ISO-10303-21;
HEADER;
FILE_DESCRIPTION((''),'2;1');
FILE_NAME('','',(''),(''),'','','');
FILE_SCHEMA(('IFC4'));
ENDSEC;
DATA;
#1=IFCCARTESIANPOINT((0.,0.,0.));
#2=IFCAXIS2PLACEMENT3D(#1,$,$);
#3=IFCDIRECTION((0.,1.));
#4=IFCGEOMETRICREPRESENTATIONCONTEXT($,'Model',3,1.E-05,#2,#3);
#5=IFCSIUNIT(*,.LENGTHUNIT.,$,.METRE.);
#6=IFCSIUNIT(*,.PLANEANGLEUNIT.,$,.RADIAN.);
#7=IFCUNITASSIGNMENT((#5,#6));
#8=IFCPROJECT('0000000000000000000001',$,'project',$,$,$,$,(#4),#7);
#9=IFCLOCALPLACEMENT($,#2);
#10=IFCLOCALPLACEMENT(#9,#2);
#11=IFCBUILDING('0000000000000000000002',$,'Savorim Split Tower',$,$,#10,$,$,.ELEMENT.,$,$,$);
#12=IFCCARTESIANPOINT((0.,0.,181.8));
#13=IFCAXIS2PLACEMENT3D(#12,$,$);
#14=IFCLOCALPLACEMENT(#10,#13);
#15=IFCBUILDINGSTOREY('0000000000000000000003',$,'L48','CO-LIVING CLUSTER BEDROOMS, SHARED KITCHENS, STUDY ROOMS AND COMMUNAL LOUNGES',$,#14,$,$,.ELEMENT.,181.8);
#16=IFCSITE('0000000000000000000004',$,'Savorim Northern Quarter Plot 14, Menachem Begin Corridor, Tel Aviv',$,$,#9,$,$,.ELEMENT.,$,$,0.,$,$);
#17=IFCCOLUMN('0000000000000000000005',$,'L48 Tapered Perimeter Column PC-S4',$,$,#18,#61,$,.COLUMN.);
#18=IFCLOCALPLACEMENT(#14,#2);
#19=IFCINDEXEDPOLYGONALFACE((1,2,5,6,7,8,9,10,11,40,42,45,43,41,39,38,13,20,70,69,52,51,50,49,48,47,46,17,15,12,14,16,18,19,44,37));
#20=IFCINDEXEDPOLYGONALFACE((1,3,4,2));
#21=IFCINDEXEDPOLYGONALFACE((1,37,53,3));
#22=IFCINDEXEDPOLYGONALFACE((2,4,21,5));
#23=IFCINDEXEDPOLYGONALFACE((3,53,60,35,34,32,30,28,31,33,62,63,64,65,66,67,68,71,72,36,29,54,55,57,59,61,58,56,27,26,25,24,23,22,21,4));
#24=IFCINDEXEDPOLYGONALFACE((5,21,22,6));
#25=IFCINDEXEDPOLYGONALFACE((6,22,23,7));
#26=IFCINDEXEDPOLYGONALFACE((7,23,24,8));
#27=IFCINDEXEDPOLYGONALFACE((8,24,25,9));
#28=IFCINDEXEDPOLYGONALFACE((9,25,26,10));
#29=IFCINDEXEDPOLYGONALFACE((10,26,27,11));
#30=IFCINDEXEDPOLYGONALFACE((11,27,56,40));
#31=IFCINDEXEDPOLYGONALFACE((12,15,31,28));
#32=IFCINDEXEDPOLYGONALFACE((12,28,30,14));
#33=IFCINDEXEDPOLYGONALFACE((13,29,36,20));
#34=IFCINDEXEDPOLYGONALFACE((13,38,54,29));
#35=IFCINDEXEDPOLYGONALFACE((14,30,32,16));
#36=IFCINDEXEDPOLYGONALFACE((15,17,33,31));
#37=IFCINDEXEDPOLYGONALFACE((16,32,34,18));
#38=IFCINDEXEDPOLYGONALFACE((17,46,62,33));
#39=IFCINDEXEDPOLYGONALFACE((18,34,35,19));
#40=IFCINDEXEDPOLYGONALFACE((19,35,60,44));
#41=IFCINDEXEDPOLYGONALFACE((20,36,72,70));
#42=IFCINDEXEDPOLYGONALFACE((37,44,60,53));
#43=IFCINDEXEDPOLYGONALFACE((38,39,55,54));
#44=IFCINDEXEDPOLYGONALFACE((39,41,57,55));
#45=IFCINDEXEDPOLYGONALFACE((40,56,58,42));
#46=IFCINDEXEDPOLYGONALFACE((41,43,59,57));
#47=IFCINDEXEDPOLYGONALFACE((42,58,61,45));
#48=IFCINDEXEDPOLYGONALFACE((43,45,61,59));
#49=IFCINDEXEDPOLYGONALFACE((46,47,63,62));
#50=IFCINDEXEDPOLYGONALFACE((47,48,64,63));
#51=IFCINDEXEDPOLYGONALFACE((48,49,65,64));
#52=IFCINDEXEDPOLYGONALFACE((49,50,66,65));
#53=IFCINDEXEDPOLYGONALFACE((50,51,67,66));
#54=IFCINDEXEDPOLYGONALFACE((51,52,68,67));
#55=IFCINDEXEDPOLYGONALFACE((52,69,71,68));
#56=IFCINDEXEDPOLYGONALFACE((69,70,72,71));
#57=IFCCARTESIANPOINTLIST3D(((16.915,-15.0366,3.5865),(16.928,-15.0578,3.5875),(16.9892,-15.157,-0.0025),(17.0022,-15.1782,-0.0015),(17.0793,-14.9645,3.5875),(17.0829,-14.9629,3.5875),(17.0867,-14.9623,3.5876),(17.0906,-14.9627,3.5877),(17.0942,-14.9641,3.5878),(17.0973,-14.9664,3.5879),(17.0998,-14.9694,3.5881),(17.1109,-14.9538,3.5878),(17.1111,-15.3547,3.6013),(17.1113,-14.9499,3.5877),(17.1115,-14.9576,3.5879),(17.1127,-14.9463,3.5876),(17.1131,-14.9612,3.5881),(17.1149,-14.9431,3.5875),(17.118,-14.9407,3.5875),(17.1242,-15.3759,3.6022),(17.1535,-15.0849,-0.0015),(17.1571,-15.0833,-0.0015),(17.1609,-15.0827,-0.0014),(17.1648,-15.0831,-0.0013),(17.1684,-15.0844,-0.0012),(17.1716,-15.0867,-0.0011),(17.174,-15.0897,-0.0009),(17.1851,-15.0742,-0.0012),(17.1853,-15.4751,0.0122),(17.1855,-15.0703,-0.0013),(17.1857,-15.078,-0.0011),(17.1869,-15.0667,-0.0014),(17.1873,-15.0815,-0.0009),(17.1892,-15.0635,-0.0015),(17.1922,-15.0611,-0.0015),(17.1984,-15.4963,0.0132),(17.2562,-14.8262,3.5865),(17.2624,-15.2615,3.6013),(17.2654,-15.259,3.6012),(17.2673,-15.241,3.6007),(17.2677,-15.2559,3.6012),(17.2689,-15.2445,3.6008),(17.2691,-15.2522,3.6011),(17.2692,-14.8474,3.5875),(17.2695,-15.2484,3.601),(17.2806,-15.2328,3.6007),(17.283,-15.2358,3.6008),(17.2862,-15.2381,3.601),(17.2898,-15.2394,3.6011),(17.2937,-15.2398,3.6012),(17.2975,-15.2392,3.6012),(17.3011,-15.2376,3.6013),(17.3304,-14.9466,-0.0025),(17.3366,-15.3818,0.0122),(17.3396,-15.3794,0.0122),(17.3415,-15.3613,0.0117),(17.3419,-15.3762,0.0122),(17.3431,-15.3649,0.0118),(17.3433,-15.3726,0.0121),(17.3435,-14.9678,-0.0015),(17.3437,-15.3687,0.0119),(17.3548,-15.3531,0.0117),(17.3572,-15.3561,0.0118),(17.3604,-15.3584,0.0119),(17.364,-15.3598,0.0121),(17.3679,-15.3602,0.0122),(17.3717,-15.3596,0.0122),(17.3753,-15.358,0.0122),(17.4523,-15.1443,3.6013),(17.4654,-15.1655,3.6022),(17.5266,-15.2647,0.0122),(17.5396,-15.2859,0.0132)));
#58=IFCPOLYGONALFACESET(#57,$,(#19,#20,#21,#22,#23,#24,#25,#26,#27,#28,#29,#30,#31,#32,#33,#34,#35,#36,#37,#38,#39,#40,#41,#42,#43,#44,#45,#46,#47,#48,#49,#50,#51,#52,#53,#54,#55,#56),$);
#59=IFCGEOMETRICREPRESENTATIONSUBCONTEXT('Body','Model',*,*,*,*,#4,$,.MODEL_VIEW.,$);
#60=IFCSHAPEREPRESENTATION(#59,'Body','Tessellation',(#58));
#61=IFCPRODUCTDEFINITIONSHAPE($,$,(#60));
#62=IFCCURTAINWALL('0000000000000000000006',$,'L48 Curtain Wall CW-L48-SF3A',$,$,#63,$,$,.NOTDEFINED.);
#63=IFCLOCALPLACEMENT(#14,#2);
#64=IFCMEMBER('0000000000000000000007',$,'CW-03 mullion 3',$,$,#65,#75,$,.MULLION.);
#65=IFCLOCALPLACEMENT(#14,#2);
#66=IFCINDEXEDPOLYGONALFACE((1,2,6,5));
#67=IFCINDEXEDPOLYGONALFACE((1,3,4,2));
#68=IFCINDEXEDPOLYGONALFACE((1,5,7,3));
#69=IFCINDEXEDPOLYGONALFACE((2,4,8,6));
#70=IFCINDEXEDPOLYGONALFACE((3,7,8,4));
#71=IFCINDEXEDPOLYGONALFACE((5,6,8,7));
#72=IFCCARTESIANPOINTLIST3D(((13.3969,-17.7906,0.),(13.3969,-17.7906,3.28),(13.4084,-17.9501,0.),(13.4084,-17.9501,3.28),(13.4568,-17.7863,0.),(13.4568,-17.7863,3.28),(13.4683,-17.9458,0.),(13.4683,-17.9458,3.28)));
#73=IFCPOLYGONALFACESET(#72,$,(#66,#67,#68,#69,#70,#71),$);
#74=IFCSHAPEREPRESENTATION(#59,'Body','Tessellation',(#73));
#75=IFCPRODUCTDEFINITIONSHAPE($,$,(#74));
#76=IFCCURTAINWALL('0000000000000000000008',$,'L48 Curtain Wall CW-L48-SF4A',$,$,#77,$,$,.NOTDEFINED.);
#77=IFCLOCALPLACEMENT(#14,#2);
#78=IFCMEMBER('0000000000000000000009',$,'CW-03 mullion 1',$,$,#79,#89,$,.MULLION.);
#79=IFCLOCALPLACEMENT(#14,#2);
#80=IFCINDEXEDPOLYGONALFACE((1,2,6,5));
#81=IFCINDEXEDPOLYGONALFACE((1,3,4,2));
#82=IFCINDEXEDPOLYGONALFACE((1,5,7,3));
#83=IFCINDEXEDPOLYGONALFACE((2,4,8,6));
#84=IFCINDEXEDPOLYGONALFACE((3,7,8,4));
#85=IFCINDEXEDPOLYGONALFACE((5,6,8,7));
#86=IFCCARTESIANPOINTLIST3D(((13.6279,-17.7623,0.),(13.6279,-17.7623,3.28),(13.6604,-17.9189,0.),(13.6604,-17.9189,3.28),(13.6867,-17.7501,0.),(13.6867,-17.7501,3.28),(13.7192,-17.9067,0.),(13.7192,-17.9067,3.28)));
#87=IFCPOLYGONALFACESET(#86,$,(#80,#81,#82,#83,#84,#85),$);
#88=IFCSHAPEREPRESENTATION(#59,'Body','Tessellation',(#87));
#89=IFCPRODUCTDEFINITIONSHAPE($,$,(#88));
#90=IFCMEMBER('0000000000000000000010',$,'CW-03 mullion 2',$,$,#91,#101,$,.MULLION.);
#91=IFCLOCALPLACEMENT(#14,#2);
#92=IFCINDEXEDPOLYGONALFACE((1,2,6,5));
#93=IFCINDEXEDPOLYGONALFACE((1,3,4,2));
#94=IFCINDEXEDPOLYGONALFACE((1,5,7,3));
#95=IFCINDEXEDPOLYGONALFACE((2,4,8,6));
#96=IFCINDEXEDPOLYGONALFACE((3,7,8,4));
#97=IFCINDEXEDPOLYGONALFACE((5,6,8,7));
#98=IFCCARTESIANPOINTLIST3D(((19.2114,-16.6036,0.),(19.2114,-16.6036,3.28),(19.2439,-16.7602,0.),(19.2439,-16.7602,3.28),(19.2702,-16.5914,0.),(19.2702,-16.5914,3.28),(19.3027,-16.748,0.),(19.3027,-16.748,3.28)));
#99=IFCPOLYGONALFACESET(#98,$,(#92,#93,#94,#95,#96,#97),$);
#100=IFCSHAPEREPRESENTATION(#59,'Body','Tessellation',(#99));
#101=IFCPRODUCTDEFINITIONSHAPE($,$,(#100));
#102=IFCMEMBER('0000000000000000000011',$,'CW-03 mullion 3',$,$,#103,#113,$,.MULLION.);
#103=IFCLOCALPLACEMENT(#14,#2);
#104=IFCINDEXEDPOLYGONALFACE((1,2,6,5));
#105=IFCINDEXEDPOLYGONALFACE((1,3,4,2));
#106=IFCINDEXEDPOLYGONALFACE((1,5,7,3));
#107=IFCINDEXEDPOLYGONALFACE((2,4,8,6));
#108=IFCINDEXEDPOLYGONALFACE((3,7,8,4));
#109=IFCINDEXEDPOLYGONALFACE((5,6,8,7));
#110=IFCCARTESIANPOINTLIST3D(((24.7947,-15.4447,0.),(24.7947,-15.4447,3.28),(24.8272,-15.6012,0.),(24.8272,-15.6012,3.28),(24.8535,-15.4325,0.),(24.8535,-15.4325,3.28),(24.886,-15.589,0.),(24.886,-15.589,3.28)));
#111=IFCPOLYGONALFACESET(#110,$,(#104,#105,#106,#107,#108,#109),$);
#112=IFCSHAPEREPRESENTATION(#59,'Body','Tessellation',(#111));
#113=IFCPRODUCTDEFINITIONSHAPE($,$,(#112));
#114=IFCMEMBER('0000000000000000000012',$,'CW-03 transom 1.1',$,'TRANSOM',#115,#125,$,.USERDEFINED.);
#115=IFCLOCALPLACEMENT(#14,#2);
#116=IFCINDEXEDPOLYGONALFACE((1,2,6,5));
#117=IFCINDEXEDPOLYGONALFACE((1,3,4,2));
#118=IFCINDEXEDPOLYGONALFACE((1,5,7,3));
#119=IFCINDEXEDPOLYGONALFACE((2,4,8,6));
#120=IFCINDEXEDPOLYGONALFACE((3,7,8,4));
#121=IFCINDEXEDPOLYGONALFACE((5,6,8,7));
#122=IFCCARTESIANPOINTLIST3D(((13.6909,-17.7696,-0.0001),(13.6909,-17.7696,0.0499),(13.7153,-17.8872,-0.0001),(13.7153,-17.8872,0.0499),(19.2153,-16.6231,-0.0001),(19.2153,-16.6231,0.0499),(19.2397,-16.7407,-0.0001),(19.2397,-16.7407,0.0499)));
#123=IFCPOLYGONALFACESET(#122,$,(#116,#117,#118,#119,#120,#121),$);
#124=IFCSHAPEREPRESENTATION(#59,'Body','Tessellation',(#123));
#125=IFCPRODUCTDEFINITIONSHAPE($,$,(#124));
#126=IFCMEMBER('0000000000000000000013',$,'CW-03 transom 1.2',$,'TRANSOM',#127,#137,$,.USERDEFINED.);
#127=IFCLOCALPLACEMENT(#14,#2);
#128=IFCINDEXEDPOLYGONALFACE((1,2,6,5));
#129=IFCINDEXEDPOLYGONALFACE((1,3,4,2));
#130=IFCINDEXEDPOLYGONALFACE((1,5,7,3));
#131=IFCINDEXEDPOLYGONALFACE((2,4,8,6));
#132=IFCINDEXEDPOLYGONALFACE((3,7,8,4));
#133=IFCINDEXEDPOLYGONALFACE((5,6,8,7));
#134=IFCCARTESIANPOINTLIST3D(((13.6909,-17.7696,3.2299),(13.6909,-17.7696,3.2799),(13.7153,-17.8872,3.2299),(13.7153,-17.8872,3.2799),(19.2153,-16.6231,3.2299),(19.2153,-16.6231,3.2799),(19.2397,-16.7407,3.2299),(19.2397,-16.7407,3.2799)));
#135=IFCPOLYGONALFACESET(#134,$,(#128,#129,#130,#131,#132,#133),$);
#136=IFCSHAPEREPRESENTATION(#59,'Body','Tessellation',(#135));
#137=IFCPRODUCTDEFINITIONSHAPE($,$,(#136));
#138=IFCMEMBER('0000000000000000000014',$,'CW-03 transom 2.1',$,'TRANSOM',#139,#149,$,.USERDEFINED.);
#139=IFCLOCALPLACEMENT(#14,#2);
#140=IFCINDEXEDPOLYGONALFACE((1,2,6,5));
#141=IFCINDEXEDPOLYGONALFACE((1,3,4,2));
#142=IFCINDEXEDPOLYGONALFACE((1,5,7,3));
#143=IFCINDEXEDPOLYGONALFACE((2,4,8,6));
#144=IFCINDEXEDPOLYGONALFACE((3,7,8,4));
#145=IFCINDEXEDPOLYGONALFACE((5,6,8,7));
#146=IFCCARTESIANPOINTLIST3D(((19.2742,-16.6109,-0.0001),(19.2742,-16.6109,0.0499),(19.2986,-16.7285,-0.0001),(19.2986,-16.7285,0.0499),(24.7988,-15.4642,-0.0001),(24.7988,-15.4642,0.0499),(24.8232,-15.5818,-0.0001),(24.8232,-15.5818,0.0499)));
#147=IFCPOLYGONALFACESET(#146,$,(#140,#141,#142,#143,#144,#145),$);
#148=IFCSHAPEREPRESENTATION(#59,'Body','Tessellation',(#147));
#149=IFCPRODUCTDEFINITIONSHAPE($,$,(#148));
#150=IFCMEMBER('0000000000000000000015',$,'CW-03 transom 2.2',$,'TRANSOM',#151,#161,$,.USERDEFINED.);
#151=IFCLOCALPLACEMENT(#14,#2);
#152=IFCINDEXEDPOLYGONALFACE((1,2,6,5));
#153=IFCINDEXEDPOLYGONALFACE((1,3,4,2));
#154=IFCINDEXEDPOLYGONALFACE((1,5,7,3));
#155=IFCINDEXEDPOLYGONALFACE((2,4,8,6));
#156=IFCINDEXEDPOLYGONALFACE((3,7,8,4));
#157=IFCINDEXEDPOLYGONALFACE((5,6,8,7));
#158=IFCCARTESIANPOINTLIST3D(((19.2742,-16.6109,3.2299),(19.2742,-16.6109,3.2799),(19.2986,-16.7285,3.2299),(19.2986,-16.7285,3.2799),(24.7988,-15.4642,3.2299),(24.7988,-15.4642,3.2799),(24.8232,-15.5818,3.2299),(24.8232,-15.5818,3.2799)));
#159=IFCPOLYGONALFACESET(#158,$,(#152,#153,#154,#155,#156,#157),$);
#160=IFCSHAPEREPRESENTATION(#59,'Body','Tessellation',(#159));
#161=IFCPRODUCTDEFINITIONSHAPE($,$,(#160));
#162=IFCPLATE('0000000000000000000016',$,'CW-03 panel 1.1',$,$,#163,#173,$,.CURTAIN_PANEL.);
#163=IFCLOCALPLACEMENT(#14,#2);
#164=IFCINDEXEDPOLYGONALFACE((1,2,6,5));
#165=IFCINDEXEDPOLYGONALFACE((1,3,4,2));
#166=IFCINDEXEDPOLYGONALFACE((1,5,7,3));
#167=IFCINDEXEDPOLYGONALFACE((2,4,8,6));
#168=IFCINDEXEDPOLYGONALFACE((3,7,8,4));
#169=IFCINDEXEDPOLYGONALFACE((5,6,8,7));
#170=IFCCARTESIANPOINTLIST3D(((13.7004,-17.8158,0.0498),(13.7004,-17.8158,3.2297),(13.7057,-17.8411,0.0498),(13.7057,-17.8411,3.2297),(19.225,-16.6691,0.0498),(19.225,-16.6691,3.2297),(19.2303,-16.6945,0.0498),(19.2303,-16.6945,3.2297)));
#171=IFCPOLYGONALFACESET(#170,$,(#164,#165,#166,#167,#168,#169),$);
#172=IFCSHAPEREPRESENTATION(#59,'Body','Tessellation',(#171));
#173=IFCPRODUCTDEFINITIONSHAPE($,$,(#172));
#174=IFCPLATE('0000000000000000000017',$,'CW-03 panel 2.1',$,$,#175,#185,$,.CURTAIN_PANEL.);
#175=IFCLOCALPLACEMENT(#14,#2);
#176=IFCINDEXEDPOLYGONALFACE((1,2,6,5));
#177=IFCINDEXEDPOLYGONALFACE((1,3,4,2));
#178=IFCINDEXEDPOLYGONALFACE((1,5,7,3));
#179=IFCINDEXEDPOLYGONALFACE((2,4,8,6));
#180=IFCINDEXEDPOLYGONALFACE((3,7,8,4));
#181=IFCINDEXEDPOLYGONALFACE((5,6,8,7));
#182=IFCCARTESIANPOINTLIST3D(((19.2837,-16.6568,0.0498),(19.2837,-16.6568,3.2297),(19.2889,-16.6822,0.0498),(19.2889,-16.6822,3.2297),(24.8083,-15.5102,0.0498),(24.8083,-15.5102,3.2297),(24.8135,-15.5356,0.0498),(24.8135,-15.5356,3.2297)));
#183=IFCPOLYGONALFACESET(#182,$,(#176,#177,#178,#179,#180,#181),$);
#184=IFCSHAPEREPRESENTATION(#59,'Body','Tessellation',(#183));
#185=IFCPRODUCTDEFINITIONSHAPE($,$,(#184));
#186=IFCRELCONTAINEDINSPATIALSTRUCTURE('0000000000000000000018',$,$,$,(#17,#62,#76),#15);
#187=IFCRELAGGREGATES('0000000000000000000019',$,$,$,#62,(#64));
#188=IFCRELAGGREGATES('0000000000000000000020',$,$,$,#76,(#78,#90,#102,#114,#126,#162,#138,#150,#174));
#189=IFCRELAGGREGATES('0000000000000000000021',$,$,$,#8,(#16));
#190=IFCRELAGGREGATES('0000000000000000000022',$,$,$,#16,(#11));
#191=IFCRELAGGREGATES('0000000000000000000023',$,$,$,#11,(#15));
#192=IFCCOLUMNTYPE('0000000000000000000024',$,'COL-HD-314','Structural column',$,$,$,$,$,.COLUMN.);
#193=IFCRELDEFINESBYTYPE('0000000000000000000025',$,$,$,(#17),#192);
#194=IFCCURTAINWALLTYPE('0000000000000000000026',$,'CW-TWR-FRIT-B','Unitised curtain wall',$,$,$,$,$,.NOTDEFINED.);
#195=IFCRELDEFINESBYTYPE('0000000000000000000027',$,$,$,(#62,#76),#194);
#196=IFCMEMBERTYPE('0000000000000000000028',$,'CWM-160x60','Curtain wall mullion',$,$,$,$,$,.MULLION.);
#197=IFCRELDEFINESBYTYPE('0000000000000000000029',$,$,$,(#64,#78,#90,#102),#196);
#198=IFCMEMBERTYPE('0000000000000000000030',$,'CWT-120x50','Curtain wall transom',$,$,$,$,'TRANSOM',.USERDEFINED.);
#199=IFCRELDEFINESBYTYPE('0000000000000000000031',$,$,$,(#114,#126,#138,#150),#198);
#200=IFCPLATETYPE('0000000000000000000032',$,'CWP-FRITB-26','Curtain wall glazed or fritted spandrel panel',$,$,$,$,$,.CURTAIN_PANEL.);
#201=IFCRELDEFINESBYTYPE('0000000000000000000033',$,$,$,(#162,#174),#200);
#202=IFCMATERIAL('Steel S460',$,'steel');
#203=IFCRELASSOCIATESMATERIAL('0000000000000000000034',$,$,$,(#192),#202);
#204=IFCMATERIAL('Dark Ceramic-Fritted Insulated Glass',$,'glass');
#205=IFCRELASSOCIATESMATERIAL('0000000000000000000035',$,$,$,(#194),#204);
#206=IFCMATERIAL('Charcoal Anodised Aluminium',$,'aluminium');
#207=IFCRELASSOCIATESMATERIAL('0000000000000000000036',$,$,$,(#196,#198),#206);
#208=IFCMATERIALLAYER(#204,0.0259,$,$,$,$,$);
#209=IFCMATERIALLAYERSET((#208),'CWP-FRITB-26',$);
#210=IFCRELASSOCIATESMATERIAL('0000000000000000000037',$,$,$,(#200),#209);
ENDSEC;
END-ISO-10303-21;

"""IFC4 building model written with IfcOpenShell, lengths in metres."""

from ifc_helpers import new_model, si_unit, direction, frame, origin, origin_2d, place, context, subcontext, project, spatial, rectangle, i_section, extrude, material, layer, layer_set, material_profile, profile_set, type_object, element, aggregate, save


model = new_model("IFC4")

# Units and contexts
model_context = context("Model", 3, precision=1e-05, world=origin(), true_north=direction((0.0, 1.0)))
body_context = subcontext(model_context, "Body", "Model", "MODEL_VIEW")
ifc_project = project(units=[si_unit("LENGTHUNIT", "METRE"), si_unit("PLANEANGLEUNIT", "RADIAN")], contexts=[model_context])

# Site, building, storey
site_placement = place(None, origin())
site = spatial("IfcSite", under=ifc_project, at=site_placement, Name="Savorim Northern Quarter Plot 14, Menachem Begin Corridor, Tel Aviv", CompositionType="ELEMENT", RefElevation=0.0)
building_placement = place(site_placement, origin())
building = spatial("IfcBuilding", under=site, at=building_placement, Name="Savorim Split Tower", CompositionType="ELEMENT")
storey_placement = place(building_placement, frame((0.0, 0.0, 181.8)))
storey = spatial("IfcBuildingStorey", under=building, at=storey_placement, Name="L48", Description="CO-LIVING CLUSTER BEDROOMS, SHARED KITCHENS, STUDY ROOMS AND COMMUNAL LOUNGES", CompositionType="ELEMENT", Elevation=181.8)

# Column
ifc_material_1 = material(Name="Steel S460", Category="steel")
ifc_material_profile_1 = material_profile(ifc_material_1, i_section(OverallWidth=0.4009, OverallDepth=0.3989, WebThickness=0.0156, FlangeThickness=0.0249, FilletRadius=0.0149, at=origin_2d()), Name="HD 400x314")
ifc_profile_set_1 = profile_set([ifc_material_profile_1], Name="Steel S460")
column_type = type_object("IfcColumnType", Name="COL-HD-314", Description="Structural column", PredefinedType="COLUMN", material=ifc_profile_set_1)
column_placement = place(storey_placement, frame((17.2644, -15.2214, 0.0054), z_axis=(-0.020663, 0.033509, 0.999225), x_axis=(-0.851184, -0.524868, 0.0)))
element("IfcColumn", 1, at=column_placement, inside=storey, type_object=column_type, Name="L48 Tapered Perimeter Column PC-S4", PredefinedType="COLUMN", context=body_context, shape_type="SweptSolid", body=[
    extrude(i_section(OverallWidth=0.4009, OverallDepth=0.3989, WebThickness=0.0156, FlangeThickness=0.0249, FilletRadius=0.0149, at=origin_2d()), origin(), (0.0, 0.0, 1.0), 3.5918),
])

# Curtain wall, member
ifc_material_2 = material(Name="Dark Ceramic-Fritted Insulated Glass", Category="glass")
curtain_wall_type = type_object("IfcCurtainWallType", Name="CW-TWR-FRIT-B", Description="Unitised curtain wall", PredefinedType="NOTDEFINED", material=ifc_material_2)
curtain_wall_1_placement = place(storey_placement, origin())
curtain_wall_1 = element("IfcCurtainWall", 2, at=curtain_wall_1_placement, inside=storey, type_object=curtain_wall_type, Name="L48 Curtain Wall CW-L48-SF3A", PredefinedType="NOTDEFINED")
ifc_material_3 = material(Name="Charcoal Anodised Aluminium", Category="aluminium")
ifc_material_profile_2 = material_profile(ifc_material_3, rectangle(XDim=0.1599, YDim=0.0601, at=origin_2d()), Name="ALU-M 160x60")
ifc_profile_set_2 = profile_set([ifc_material_profile_2], Name="Charcoal Anodised Aluminium")
member_type_1 = type_object("IfcMemberType", Name="CWM-160x60", Description="Curtain wall mullion", PredefinedType="MULLION", material=ifc_profile_set_2)
member_1_placement = place(storey_placement, frame((13.4326, -17.8682, 0.0), z_axis=(0.0, 0.0, 1.0), x_axis=(-0.071559, 0.997436, 0.0)))
member_1 = element("IfcMember", 3, at=member_1_placement, type_object=member_type_1, Name="CW-03 mullion 3", PredefinedType="MULLION", context=body_context, shape_type="SweptSolid", body=[
    extrude(rectangle(XDim=0.1599, YDim=0.0601, at=origin_2d()), origin(), (0.0, 0.0, 1.0), 3.28),
])
aggregate(curtain_wall_1, [member_1])

# Curtain wall, members, plates
curtain_wall_2_placement = place(storey_placement, origin())
curtain_wall_2 = element("IfcCurtainWall", 4, at=curtain_wall_2_placement, inside=storey, type_object=curtain_wall_type, Name="L48 Curtain Wall CW-L48-SF4A", PredefinedType="NOTDEFINED")
member_2_placement = place(storey_placement, frame((13.6736, -17.8345, 0.0), z_axis=(0.0, 0.0, 1.0), x_axis=(-0.203216, 0.979134, 0.0)))
member_2 = element("IfcMember", 5, at=member_2_placement, type_object=member_type_1, Name="CW-03 mullion 1", PredefinedType="MULLION", context=body_context, shape_type="SweptSolid", body=[
    extrude(rectangle(XDim=0.1599, YDim=0.0601, at=origin_2d()), origin(), (0.0, 0.0, 1.0), 3.28),
])
member_3_placement = place(storey_placement, frame((19.2571, -16.6758, 0.0), z_axis=(0.0, 0.0, 1.0), x_axis=(-0.203216, 0.979134, 0.0)))
member_3 = element("IfcMember", 6, at=member_3_placement, type_object=member_type_1, Name="CW-03 mullion 2", PredefinedType="MULLION", context=body_context, shape_type="SweptSolid", body=[
    extrude(rectangle(XDim=0.1599, YDim=0.0601, at=origin_2d()), origin(), (0.0, 0.0, 1.0), 3.28),
])
member_4_placement = place(storey_placement, frame((24.8403, -15.5168, 0.0), z_axis=(0.0, 0.0, 1.0), x_axis=(-0.203216, 0.979134, 0.0)))
member_4 = element("IfcMember", 7, at=member_4_placement, type_object=member_type_1, Name="CW-03 mullion 3", PredefinedType="MULLION", context=body_context, shape_type="SweptSolid", body=[
    extrude(rectangle(XDim=0.1599, YDim=0.0601, at=origin_2d()), origin(), (0.0, 0.0, 1.0), 3.28),
])
ifc_material_profile_3 = material_profile(ifc_material_3, rectangle(XDim=0.1201, YDim=0.05, at=origin_2d()), Name="ALU-T 120x50")
ifc_profile_set_3 = profile_set([ifc_material_profile_3], Name="Charcoal Anodised Aluminium")
member_type_2 = type_object("IfcMemberType", Name="CWT-120x50", Description="Curtain wall transom", ElementType="TRANSOM", PredefinedType="USERDEFINED", material=ifc_profile_set_3)
member_5_placement = place(storey_placement, frame((13.7031, -17.8284, 0.0249), z_axis=(0.979137, 0.203201, 0.0), x_axis=(-0.203201, 0.979137, 0.0)))
member_5 = element("IfcMember", 8, at=member_5_placement, type_object=member_type_2, Name="CW-03 transom 1.1", ObjectType="TRANSOM", PredefinedType="USERDEFINED", context=body_context, shape_type="SweptSolid", body=[
    extrude(rectangle(XDim=0.1201, YDim=0.05, at=origin_2d()), origin(), (0.0, 0.0, 1.0), 5.6421),
])
member_6_placement = place(storey_placement, frame((13.7031, -17.8284, 3.2549), z_axis=(0.979137, 0.203201, 0.0), x_axis=(-0.203201, 0.979137, 0.0)))
member_6 = element("IfcMember", 9, at=member_6_placement, type_object=member_type_2, Name="CW-03 transom 1.2", ObjectType="TRANSOM", PredefinedType="USERDEFINED", context=body_context, shape_type="SweptSolid", body=[
    extrude(rectangle(XDim=0.1201, YDim=0.05, at=origin_2d()), origin(), (0.0, 0.0, 1.0), 5.6421),
])
member_7_placement = place(storey_placement, frame((19.2864, -16.6697, 0.0249), z_axis=(0.97913, 0.203234, 0.0), x_axis=(-0.203234, 0.97913, 0.0)))
member_7 = element("IfcMember", 10, at=member_7_placement, type_object=member_type_2, Name="CW-03 transom 2.1", ObjectType="TRANSOM", PredefinedType="USERDEFINED", context=body_context, shape_type="SweptSolid", body=[
    extrude(rectangle(XDim=0.1201, YDim=0.05, at=origin_2d()), origin(), (0.0, 0.0, 1.0), 5.6423),
])
member_8_placement = place(storey_placement, frame((19.2864, -16.6697, 3.2549), z_axis=(0.97913, 0.203234, 0.0), x_axis=(-0.203234, 0.97913, 0.0)))
member_8 = element("IfcMember", 11, at=member_8_placement, type_object=member_type_2, Name="CW-03 transom 2.2", ObjectType="TRANSOM", PredefinedType="USERDEFINED", context=body_context, shape_type="SweptSolid", body=[
    extrude(rectangle(XDim=0.1201, YDim=0.05, at=origin_2d()), origin(), (0.0, 0.0, 1.0), 5.6423),
])
ifc_layer = layer(ifc_material_2, 0.0259)
ifc_layer_set = layer_set([ifc_layer], Name="CWP-FRITB-26")
plate_type = type_object("IfcPlateType", Name="CWP-FRITB-26", Description="Curtain wall glazed or fritted spandrel panel", PredefinedType="CURTAIN_PANEL", material=ifc_layer_set)
plate_1_placement = place(storey_placement, frame((16.4653, -17.2551, 0.0498), z_axis=(0.0, 0.0, 1.0), x_axis=(0.979134, 0.203216, 0.0)))
plate_1 = element("IfcPlate", 12, at=plate_1_placement, type_object=plate_type, Name="CW-03 panel 1.1", PredefinedType="CURTAIN_PANEL", context=body_context, shape_type="SweptSolid", body=[
    extrude(rectangle(XDim=5.6423, YDim=0.0259, at=origin_2d()), origin(), (0.0, 0.0, 1.0), 3.1799),
])
plate_2_placement = place(storey_placement, frame((22.0486, -16.0962, 0.0498), z_axis=(0.0, 0.0, 1.0), x_axis=(0.979134, 0.203216, 0.0)))
plate_2 = element("IfcPlate", 13, at=plate_2_placement, type_object=plate_type, Name="CW-03 panel 2.1", PredefinedType="CURTAIN_PANEL", context=body_context, shape_type="SweptSolid", body=[
    extrude(rectangle(XDim=5.6423, YDim=0.0259, at=origin_2d()), origin(), (0.0, 0.0, 1.0), 3.1799),
])
aggregate(curtain_wall_2, [member_2, member_3, member_4, member_5, member_6, plate_1, member_7, member_8, plate_2])

save(model, "model.ifc")
